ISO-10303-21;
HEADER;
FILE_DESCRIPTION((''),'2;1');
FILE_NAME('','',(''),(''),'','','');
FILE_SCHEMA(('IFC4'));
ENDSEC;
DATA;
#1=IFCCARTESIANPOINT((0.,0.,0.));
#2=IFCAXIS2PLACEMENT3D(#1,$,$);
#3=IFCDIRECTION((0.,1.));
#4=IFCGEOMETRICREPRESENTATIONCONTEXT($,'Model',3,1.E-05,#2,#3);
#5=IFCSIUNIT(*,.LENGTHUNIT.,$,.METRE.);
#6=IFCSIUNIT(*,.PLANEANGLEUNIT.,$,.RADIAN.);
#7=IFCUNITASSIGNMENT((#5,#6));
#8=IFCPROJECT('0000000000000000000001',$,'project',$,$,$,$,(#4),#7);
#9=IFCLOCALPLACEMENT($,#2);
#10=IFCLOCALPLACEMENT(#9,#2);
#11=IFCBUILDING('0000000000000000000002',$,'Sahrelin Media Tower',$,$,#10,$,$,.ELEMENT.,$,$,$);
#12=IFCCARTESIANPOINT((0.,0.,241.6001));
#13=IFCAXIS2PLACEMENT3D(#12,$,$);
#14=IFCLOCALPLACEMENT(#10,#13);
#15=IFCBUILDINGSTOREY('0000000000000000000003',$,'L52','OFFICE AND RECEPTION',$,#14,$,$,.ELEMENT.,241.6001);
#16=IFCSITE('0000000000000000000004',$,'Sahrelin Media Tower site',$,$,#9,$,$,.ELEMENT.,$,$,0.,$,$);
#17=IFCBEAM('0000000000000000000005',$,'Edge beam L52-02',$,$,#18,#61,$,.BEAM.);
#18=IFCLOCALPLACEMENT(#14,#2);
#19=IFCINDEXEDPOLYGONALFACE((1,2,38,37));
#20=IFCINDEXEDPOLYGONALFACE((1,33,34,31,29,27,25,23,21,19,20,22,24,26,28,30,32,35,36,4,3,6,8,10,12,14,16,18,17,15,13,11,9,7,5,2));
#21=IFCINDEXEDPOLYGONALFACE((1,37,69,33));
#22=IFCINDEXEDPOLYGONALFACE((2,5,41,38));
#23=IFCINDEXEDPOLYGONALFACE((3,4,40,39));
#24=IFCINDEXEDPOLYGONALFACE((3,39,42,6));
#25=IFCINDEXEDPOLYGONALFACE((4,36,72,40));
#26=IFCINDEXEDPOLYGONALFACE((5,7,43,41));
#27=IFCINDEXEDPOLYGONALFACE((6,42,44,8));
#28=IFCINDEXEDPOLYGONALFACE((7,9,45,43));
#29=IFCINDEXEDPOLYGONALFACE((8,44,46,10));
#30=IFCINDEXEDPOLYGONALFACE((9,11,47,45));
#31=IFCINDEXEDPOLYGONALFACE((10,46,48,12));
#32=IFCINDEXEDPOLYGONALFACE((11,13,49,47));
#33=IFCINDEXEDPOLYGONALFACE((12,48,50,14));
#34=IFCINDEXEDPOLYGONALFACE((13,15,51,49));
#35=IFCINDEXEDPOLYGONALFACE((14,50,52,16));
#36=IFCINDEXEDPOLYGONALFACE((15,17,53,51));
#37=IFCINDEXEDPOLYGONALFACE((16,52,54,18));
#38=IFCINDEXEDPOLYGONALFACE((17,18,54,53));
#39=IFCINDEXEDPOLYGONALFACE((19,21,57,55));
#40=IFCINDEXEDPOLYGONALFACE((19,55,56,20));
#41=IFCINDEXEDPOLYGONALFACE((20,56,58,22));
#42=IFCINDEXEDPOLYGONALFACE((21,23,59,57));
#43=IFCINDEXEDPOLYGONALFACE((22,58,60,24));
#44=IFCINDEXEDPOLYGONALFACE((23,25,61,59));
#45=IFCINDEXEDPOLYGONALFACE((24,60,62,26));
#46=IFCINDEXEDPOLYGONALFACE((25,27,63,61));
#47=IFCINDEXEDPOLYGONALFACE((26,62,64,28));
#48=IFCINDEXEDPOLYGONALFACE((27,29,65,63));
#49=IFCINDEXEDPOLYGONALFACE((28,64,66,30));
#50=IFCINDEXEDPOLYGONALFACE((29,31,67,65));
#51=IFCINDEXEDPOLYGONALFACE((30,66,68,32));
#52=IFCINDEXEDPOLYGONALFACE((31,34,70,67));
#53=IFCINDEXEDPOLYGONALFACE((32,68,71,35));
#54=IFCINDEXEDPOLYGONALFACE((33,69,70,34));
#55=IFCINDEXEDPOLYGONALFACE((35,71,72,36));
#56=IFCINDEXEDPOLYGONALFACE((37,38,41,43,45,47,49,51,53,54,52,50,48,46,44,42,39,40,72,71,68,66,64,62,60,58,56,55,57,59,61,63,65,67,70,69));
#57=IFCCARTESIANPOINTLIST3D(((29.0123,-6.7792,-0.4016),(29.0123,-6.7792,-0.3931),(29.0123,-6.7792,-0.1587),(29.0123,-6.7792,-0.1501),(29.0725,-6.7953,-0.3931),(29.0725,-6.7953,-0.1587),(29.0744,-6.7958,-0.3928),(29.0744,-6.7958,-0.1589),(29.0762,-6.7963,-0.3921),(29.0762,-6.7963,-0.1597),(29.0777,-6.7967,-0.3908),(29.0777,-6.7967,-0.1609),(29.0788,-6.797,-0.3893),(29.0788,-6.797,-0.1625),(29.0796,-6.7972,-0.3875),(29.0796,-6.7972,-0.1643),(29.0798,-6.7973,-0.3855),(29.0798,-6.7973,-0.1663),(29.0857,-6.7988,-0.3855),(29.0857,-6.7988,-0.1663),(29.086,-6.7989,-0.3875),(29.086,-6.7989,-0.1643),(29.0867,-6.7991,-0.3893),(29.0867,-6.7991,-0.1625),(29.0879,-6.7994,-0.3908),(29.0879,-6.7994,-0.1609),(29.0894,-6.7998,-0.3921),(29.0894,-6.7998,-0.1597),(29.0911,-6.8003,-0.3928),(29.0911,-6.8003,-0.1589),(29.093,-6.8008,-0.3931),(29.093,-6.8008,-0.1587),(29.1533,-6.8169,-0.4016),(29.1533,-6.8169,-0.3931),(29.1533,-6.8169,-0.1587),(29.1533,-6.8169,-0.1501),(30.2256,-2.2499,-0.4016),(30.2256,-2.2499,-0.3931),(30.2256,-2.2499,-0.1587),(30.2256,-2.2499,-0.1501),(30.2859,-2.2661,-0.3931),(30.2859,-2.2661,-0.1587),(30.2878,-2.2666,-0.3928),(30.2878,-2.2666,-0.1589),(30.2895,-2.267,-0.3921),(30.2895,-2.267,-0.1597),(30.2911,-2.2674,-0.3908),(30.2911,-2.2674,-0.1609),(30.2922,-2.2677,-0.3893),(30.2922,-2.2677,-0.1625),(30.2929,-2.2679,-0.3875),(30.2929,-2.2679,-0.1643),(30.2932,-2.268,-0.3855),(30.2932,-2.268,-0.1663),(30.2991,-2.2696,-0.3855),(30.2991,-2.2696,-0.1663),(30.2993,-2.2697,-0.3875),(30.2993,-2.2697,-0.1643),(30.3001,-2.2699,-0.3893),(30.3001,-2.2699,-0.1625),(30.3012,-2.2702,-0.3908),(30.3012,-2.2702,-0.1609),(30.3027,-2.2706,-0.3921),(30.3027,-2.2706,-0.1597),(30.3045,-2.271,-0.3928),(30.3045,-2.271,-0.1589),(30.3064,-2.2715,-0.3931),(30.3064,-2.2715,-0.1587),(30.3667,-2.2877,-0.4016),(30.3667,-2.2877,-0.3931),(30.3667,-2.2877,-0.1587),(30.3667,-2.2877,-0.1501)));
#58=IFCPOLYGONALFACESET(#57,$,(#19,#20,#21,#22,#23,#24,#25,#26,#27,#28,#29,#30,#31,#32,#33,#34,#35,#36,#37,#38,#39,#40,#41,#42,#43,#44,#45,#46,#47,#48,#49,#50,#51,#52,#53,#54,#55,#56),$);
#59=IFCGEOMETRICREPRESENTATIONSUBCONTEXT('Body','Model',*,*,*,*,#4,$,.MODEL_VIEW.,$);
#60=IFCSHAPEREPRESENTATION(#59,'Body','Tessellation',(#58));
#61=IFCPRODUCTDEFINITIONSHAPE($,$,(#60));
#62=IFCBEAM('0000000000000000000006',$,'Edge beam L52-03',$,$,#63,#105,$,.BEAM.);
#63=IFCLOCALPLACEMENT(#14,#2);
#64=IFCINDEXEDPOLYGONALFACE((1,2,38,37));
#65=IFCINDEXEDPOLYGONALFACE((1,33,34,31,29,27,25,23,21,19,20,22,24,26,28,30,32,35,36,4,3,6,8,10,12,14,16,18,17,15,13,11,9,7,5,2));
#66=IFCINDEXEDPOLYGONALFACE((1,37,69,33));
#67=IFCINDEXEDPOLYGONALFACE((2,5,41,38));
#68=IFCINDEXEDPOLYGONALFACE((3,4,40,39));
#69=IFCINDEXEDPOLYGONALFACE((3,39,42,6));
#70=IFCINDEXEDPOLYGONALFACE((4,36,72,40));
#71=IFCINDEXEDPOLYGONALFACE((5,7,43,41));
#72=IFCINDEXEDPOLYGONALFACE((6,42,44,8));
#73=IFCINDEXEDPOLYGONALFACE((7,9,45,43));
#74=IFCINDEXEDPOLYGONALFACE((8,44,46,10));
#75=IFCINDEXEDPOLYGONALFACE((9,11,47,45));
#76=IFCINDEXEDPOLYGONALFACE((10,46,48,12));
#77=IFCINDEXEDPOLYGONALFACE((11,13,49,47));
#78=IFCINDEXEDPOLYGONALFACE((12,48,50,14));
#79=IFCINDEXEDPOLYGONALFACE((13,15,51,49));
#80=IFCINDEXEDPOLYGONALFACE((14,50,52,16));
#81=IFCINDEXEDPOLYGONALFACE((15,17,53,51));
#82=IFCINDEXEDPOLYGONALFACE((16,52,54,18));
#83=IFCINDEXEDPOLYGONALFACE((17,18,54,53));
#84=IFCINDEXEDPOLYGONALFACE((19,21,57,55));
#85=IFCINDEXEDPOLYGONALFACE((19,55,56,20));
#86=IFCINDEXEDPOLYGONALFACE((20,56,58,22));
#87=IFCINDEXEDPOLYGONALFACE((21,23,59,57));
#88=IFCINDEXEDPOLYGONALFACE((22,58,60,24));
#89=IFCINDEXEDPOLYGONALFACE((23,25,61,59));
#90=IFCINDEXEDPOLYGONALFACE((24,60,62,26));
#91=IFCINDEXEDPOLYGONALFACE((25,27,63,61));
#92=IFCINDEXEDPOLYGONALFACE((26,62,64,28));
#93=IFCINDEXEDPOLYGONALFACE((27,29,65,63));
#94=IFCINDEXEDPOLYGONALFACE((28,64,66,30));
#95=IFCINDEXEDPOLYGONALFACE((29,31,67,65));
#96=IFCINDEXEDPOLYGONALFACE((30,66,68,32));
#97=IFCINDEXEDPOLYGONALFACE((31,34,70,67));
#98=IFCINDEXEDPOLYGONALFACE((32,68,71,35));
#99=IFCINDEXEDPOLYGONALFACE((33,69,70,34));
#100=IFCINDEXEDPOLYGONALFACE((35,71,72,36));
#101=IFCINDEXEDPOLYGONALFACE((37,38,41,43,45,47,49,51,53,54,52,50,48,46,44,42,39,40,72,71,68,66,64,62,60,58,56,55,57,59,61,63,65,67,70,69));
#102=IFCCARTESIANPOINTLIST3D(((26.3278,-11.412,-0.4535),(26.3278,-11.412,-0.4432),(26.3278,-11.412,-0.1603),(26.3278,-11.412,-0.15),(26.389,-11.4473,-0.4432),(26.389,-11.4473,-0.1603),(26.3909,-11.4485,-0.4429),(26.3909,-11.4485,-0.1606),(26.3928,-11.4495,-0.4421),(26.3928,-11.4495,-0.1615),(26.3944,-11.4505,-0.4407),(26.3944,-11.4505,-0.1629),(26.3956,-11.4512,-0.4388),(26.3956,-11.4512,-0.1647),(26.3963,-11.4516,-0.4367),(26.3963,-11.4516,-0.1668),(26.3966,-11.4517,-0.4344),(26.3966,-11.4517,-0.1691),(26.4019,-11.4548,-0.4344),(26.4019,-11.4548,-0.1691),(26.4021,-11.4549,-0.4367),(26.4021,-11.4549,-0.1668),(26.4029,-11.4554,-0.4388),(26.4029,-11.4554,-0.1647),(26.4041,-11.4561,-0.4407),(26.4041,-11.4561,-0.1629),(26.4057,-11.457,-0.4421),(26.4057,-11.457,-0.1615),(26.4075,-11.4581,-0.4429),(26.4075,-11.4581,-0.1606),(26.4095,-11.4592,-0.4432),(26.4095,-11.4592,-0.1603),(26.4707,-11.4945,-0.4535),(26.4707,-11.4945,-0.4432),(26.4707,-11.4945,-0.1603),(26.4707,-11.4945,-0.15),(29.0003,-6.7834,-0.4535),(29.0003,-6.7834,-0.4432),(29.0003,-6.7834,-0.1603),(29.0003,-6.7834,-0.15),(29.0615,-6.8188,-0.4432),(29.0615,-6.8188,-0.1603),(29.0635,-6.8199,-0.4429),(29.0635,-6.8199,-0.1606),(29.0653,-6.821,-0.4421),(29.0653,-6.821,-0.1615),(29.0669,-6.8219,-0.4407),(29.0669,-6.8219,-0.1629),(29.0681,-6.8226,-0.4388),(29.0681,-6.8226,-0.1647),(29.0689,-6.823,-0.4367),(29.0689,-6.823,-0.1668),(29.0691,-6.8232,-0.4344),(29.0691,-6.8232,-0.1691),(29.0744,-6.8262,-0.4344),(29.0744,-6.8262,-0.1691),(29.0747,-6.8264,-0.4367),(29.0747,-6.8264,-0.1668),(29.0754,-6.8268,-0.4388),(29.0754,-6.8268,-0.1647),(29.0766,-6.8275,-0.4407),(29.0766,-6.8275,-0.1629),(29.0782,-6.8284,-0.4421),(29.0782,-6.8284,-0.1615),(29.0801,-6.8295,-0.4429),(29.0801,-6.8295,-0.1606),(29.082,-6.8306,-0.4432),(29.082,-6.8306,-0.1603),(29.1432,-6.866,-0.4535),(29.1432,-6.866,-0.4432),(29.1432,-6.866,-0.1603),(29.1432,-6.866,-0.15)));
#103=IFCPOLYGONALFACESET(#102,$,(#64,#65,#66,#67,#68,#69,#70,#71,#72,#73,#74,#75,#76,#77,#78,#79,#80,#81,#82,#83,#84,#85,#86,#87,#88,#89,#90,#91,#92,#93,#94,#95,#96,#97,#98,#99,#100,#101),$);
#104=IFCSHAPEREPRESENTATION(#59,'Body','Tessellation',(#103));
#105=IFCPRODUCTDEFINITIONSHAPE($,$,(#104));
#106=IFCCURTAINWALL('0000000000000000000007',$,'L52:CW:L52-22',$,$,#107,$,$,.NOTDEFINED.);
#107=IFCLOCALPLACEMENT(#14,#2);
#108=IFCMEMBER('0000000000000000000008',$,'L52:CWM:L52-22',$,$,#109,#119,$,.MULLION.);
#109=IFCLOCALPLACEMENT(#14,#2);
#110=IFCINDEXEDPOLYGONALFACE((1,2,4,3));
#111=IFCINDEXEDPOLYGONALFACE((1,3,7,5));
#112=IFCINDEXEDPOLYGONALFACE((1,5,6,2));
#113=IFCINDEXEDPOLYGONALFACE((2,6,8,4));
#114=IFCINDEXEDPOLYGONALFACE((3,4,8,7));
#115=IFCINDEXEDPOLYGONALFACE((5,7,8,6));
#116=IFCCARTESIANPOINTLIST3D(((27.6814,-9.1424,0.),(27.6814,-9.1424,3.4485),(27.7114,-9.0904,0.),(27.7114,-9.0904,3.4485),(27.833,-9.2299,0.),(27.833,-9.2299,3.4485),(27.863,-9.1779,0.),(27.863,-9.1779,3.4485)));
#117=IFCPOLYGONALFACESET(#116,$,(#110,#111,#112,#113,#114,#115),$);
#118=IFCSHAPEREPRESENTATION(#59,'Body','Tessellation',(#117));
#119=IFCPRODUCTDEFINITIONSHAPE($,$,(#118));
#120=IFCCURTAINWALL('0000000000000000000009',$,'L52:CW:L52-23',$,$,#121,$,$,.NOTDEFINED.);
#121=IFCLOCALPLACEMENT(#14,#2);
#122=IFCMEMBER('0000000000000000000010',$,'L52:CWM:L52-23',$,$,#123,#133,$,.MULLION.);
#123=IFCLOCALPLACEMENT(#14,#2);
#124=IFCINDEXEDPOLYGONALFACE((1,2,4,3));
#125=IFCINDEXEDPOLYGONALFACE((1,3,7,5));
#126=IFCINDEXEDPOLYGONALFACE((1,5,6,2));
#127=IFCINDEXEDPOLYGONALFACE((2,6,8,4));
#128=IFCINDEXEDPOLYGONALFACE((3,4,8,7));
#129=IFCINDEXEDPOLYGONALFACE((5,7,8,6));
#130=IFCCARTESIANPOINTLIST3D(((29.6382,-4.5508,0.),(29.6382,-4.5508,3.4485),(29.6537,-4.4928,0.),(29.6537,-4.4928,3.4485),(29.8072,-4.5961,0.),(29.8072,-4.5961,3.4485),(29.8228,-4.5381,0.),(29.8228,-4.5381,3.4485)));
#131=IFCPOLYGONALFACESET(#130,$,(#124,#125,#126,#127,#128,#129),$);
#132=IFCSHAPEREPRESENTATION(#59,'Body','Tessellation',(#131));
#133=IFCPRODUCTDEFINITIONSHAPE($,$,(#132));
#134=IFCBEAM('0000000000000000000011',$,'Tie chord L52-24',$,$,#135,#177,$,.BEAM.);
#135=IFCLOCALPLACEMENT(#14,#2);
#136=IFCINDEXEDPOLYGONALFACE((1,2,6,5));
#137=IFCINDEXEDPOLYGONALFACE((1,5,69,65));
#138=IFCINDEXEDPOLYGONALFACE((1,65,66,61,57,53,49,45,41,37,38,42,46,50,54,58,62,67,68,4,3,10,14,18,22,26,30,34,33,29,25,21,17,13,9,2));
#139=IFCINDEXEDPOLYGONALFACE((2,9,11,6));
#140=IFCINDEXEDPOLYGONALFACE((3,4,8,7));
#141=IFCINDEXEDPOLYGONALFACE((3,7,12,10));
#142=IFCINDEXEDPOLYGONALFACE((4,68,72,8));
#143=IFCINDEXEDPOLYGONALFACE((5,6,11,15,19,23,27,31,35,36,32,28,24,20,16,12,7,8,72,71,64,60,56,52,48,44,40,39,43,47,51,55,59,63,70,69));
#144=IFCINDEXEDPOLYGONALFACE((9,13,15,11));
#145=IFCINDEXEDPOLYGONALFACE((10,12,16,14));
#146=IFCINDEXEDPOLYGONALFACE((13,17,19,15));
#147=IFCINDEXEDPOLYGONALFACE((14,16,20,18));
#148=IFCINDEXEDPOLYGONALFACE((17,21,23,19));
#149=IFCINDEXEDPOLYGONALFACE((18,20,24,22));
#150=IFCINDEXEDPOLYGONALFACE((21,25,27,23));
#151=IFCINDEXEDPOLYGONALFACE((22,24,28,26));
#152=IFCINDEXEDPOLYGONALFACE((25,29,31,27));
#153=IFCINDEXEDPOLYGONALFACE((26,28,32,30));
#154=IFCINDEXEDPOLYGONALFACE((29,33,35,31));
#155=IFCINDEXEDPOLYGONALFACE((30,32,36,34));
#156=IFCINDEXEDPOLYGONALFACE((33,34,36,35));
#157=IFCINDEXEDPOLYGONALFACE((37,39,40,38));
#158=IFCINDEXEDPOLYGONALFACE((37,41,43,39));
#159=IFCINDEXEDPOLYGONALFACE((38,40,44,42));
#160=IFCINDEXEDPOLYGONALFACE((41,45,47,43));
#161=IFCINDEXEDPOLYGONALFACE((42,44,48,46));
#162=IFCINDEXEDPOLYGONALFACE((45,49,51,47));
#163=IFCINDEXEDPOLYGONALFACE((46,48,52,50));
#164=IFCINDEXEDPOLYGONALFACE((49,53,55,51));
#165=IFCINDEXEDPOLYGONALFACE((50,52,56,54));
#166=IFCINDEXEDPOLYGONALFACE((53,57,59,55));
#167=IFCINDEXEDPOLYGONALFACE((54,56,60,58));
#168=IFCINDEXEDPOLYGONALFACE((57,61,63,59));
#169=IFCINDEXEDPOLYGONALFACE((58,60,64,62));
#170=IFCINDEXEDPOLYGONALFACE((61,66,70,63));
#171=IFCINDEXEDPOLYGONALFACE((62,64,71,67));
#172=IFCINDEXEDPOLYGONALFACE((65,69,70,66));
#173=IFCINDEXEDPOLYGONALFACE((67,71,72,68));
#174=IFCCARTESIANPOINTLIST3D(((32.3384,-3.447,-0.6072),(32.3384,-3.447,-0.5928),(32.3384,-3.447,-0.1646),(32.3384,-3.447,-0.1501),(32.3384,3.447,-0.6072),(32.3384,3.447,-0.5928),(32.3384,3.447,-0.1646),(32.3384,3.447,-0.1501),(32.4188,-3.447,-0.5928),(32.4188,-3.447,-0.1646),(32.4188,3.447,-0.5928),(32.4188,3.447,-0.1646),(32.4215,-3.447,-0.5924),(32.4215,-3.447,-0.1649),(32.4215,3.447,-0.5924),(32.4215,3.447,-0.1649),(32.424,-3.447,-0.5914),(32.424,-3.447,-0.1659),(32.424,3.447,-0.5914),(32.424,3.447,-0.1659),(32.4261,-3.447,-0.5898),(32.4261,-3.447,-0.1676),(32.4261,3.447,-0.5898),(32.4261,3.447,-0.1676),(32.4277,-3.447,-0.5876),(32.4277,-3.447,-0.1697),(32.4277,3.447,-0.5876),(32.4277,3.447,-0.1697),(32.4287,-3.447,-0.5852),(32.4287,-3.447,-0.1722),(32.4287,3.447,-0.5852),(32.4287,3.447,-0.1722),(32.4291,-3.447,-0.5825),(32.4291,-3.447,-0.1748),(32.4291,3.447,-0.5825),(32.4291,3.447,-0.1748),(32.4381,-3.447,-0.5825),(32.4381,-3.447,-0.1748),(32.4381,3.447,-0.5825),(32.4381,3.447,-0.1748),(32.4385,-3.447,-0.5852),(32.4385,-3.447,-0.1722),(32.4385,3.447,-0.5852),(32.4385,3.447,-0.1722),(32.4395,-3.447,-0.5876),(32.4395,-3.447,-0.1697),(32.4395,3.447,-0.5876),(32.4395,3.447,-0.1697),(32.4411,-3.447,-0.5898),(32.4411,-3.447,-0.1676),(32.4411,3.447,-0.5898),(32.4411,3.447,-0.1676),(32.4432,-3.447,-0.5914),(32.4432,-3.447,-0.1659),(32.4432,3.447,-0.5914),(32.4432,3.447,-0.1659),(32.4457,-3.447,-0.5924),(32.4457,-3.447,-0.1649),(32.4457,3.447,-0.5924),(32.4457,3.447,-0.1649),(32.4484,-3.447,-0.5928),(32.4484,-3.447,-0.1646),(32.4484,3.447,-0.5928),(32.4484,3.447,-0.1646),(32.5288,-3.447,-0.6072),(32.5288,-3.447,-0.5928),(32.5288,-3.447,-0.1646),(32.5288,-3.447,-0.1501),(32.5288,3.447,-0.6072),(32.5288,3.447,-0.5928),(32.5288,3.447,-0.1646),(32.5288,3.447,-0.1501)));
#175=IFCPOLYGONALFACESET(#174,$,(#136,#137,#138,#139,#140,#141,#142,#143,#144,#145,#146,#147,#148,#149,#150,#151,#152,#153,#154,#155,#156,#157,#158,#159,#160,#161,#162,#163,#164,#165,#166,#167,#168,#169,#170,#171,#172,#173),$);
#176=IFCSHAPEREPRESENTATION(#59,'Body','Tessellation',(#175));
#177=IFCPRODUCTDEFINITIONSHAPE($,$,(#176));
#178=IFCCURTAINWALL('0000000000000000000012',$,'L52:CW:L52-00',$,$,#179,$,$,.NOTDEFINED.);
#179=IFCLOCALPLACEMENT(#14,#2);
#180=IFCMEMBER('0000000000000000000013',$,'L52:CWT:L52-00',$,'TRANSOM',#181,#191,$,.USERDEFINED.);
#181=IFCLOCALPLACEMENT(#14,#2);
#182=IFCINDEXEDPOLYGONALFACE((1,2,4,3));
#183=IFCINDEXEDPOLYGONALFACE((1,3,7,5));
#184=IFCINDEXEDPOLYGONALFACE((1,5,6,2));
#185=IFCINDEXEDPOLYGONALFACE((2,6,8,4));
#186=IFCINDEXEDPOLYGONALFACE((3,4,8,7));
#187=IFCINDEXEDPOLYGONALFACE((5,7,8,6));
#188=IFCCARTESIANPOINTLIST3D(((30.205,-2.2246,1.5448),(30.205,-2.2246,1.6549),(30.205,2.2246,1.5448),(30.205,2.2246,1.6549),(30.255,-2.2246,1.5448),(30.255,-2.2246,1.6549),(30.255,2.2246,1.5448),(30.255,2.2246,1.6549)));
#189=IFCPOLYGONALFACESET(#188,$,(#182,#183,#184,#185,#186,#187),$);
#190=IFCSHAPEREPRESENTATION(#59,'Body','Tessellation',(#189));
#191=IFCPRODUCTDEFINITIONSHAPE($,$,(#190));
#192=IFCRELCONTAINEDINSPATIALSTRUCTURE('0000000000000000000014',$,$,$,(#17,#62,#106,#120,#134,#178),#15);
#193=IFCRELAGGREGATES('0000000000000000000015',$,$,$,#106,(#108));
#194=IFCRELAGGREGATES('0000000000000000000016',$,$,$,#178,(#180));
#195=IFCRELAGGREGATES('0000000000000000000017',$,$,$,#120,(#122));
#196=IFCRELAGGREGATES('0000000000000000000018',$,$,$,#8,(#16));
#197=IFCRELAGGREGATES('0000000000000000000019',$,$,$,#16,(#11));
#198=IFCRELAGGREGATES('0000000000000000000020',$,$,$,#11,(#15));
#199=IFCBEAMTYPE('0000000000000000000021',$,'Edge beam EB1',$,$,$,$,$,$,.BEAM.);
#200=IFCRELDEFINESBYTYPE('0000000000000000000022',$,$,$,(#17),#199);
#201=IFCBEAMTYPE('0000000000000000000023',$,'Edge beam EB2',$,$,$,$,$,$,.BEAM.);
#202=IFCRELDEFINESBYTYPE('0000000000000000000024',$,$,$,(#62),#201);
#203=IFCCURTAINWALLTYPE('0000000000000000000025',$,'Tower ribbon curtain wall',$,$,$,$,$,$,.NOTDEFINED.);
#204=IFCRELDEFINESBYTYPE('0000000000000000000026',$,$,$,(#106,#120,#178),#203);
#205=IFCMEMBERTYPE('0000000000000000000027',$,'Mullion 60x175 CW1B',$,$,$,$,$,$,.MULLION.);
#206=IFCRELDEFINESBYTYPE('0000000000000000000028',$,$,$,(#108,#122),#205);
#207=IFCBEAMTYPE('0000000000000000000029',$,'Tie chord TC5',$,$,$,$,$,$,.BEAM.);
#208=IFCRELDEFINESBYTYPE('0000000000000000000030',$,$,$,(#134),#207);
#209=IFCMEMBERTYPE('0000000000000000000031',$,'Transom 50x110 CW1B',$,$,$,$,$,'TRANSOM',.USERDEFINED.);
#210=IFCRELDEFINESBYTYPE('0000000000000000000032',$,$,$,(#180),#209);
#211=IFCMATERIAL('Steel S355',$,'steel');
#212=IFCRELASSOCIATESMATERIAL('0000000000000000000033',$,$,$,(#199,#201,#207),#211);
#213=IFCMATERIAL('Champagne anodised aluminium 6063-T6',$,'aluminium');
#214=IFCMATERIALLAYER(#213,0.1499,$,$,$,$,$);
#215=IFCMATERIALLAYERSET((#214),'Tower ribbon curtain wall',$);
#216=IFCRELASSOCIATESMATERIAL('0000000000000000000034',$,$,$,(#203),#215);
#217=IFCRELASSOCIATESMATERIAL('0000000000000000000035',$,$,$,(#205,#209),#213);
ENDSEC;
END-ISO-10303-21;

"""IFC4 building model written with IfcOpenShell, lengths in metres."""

from ifc_helpers import new_model, si_unit, direction, frame, origin, origin_2d, place, context, subcontext, project, spatial, rectangle, i_section, extrude, material, layer, layer_set, material_profile, profile_set, type_object, element, aggregate, save


model = new_model("IFC4")

# Units and contexts
model_context = context("Model", 3, precision=1e-05, world=origin(), true_north=direction((0.0, 1.0)))
body_context = subcontext(model_context, "Body", "Model", "MODEL_VIEW")
ifc_project = project(units=[si_unit("LENGTHUNIT", "METRE"), si_unit("PLANEANGLEUNIT", "RADIAN")], contexts=[model_context])

# Site, building, storey
site_placement = place(None, origin())
site = spatial("IfcSite", under=ifc_project, at=site_placement, Name="Sahrelin Media Tower site", CompositionType="ELEMENT", RefElevation=0.0)
building_placement = place(site_placement, origin())
building = spatial("IfcBuilding", under=site, at=building_placement, Name="Sahrelin Media Tower", CompositionType="ELEMENT")
storey_placement = place(building_placement, frame((0.0, 0.0, 241.6001)))
storey = spatial("IfcBuildingStorey", under=building, at=storey_placement, Name="L52", Description="OFFICE AND RECEPTION", CompositionType="ELEMENT", Elevation=241.6001)

# Beams
ifc_material_1 = material(Name="Steel S355", Category="steel")
ifc_material_profile_1 = material_profile(ifc_material_1, i_section(OverallWidth=0.146, OverallDepth=0.2515, WebThickness=0.0061, FlangeThickness=0.0085, FilletRadius=0.0076, at=origin_2d()), Name="UB 254x146x31")
ifc_profile_set_1 = profile_set([ifc_material_profile_1], Name="Steel S355")
beam_type_1 = type_object("IfcBeamType", Name="Edge beam EB1", PredefinedType="BEAM", material=ifc_profile_set_1)
beam_1_placement = place(storey_placement, frame((30.2961, -2.2688, -0.2759), z_axis=(-0.258771, -0.965939, 0.0), x_axis=(0.965939, -0.258771, 0.0)))
element("IfcBeam", 1, at=beam_1_placement, inside=storey, type_object=beam_type_1, Name="Edge beam L52-02", PredefinedType="BEAM", context=body_context, shape_type="SweptSolid", body=[
    extrude(i_section(OverallWidth=0.146, OverallDepth=0.2515, WebThickness=0.0061, FlangeThickness=0.0085, FilletRadius=0.0076, at=origin_2d()), origin(), (0.0, 0.0, 1.0), 4.689),
])
ifc_material_profile_2 = material_profile(ifc_material_1, i_section(OverallWidth=0.165, OverallDepth=0.3035, WebThickness=0.0061, FlangeThickness=0.0103, FilletRadius=0.0088, at=origin_2d()), Name="UB 305x165x40")
ifc_profile_set_2 = profile_set([ifc_material_profile_2], Name="Steel S355")
beam_type_2 = type_object("IfcBeamType", Name="Edge beam EB2", PredefinedType="BEAM", material=ifc_profile_set_2)
beam_2_placement = place(storey_placement, frame((29.0718, -6.8247, -0.3018), z_axis=(-0.500035, -0.866005, 0.0), x_axis=(0.866005, -0.500035, 0.0)))
element("IfcBeam", 2, at=beam_2_placement, inside=storey, type_object=beam_type_2, Name="Edge beam L52-03", PredefinedType="BEAM", context=body_context, shape_type="SweptSolid", body=[
    extrude(i_section(OverallWidth=0.165, OverallDepth=0.3035, WebThickness=0.0061, FlangeThickness=0.0103, FilletRadius=0.0088, at=origin_2d()), origin(), (0.0, 0.0, 1.0), 5.3447),
])

# Curtain walls, members
ifc_material_2 = material(Name="Champagne anodised aluminium 6063-T6", Category="aluminium")
ifc_layer_1 = layer(ifc_material_2, 0.1499)
ifc_layer_set_1 = layer_set([ifc_layer_1], Name="Tower ribbon curtain wall")
curtain_wall_type = type_object("IfcCurtainWallType", Name="Tower ribbon curtain wall", PredefinedType="NOTDEFINED", material=ifc_layer_set_1)
curtain_wall_1_placement = place(storey_placement, frame((27.8652, -9.2141, 0.0), z_axis=(0.0, 0.0, 1.0), x_axis=(1.0, 0.0, 0.0)))
curtain_wall_1 = element("IfcCurtainWall", 3, at=curtain_wall_1_placement, inside=storey, type_object=curtain_wall_type, Name="L52:CW:L52-22", PredefinedType="NOTDEFINED")
ifc_material_profile_3 = material_profile(ifc_material_2, rectangle(XDim=0.0601, YDim=0.175, at=origin_2d()), Name="Mullion 60x175")
ifc_profile_set_3 = profile_set([ifc_material_profile_3], Name="Champagne anodised aluminium 6063-T6")
member_type_1 = type_object("IfcMemberType", Name="Mullion 60x175 CW1B", PredefinedType="MULLION", material=ifc_profile_set_3)
member_1_placement = place(storey_placement, frame((27.7722, -9.1602, 0.0), z_axis=(0.0, 0.0, 1.0), x_axis=(0.500009, 0.86602, 0.0)))
member_1 = element("IfcMember", 4, at=member_1_placement, type_object=member_type_1, Name="L52:CWM:L52-22", PredefinedType="MULLION", context=body_context, shape_type="SweptSolid", body=[
    extrude(rectangle(XDim=0.0601, YDim=0.175, at=origin_2d()), origin(), (0.0, 0.0, 1.0), 3.4485),
])
aggregate(curtain_wall_1, [member_1])
curtain_wall_2_placement = place(storey_placement, frame((29.8342, -4.5723, 0.0), z_axis=(0.0, 0.0, 1.0), x_axis=(1.0, 0.0, 0.0)))
curtain_wall_2 = element("IfcCurtainWall", 5, at=curtain_wall_2_placement, inside=storey, type_object=curtain_wall_type, Name="L52:CW:L52-23", PredefinedType="NOTDEFINED")
member_2_placement = place(storey_placement, frame((29.7305, -4.5444, 0.0), z_axis=(0.0, 0.0, 1.0), x_axis=(0.258812, 0.965928, 0.0)))
member_2 = element("IfcMember", 6, at=member_2_placement, type_object=member_type_1, Name="L52:CWM:L52-23", PredefinedType="MULLION", context=body_context, shape_type="SweptSolid", body=[
    extrude(rectangle(XDim=0.0601, YDim=0.175, at=origin_2d()), origin(), (0.0, 0.0, 1.0), 3.4485),
])

# Beam
ifc_material_profile_4 = material_profile(ifc_material_1, i_section(OverallWidth=0.1904, OverallDepth=0.457, WebThickness=0.009, FlangeThickness=0.0144, FilletRadius=0.0103, at=origin_2d()), Name="UB 457x191x74")
ifc_profile_set_4 = profile_set([ifc_material_profile_4], Name="Steel S355")
beam_type_3 = type_object("IfcBeamType", Name="Tie chord TC5", PredefinedType="BEAM", material=ifc_profile_set_4)
beam_3_placement = place(storey_placement, frame((32.4336, -3.447, -0.3787), z_axis=(0.0, 1.0, 0.0), x_axis=(-1.0, 0.0, 0.0)))
element("IfcBeam", 7, at=beam_3_placement, inside=storey, type_object=beam_type_3, Name="Tie chord L52-24", PredefinedType="BEAM", context=body_context, shape_type="SweptSolid", body=[
    extrude(i_section(OverallWidth=0.1904, OverallDepth=0.457, WebThickness=0.009, FlangeThickness=0.0144, FilletRadius=0.0103, at=origin_2d()), origin(), (0.0, 0.0, 1.0), 6.894),
])

# Curtain wall, member
curtain_wall_3_placement = place(storey_placement, frame((30.45, 0.0, 0.0), z_axis=(0.0, 0.0, 1.0), x_axis=(1.0, 0.0, 0.0)))
curtain_wall_3 = element("IfcCurtainWall", 8, at=curtain_wall_3_placement, inside=storey, type_object=curtain_wall_type, Name="L52:CW:L52-00", PredefinedType="NOTDEFINED")
ifc_material_profile_5 = material_profile(ifc_material_2, rectangle(XDim=0.05, YDim=0.1101, at=origin_2d()), Name="Transom 50x110")
ifc_profile_set_5 = profile_set([ifc_material_profile_5], Name="Champagne anodised aluminium 6063-T6")
member_type_2 = type_object("IfcMemberType", Name="Transom 50x110 CW1B", ElementType="TRANSOM", PredefinedType="USERDEFINED", material=ifc_profile_set_5)
member_3_placement = place(storey_placement, frame((30.23, -2.2246, 1.5999), z_axis=(0.0, 1.0, 0.0), x_axis=(-1.0, 0.0, 0.0)))
member_3 = element("IfcMember", 9, at=member_3_placement, type_object=member_type_2, Name="L52:CWT:L52-00", ObjectType="TRANSOM", PredefinedType="USERDEFINED", context=body_context, shape_type="SweptSolid", body=[
    extrude(rectangle(XDim=0.05, YDim=0.1101, at=origin_2d()), origin(), (0.0, 0.0, 1.0), 4.4492),
])

aggregate(curtain_wall_3, [member_3])
aggregate(curtain_wall_2, [member_2])

save(model, "model.ifc")
